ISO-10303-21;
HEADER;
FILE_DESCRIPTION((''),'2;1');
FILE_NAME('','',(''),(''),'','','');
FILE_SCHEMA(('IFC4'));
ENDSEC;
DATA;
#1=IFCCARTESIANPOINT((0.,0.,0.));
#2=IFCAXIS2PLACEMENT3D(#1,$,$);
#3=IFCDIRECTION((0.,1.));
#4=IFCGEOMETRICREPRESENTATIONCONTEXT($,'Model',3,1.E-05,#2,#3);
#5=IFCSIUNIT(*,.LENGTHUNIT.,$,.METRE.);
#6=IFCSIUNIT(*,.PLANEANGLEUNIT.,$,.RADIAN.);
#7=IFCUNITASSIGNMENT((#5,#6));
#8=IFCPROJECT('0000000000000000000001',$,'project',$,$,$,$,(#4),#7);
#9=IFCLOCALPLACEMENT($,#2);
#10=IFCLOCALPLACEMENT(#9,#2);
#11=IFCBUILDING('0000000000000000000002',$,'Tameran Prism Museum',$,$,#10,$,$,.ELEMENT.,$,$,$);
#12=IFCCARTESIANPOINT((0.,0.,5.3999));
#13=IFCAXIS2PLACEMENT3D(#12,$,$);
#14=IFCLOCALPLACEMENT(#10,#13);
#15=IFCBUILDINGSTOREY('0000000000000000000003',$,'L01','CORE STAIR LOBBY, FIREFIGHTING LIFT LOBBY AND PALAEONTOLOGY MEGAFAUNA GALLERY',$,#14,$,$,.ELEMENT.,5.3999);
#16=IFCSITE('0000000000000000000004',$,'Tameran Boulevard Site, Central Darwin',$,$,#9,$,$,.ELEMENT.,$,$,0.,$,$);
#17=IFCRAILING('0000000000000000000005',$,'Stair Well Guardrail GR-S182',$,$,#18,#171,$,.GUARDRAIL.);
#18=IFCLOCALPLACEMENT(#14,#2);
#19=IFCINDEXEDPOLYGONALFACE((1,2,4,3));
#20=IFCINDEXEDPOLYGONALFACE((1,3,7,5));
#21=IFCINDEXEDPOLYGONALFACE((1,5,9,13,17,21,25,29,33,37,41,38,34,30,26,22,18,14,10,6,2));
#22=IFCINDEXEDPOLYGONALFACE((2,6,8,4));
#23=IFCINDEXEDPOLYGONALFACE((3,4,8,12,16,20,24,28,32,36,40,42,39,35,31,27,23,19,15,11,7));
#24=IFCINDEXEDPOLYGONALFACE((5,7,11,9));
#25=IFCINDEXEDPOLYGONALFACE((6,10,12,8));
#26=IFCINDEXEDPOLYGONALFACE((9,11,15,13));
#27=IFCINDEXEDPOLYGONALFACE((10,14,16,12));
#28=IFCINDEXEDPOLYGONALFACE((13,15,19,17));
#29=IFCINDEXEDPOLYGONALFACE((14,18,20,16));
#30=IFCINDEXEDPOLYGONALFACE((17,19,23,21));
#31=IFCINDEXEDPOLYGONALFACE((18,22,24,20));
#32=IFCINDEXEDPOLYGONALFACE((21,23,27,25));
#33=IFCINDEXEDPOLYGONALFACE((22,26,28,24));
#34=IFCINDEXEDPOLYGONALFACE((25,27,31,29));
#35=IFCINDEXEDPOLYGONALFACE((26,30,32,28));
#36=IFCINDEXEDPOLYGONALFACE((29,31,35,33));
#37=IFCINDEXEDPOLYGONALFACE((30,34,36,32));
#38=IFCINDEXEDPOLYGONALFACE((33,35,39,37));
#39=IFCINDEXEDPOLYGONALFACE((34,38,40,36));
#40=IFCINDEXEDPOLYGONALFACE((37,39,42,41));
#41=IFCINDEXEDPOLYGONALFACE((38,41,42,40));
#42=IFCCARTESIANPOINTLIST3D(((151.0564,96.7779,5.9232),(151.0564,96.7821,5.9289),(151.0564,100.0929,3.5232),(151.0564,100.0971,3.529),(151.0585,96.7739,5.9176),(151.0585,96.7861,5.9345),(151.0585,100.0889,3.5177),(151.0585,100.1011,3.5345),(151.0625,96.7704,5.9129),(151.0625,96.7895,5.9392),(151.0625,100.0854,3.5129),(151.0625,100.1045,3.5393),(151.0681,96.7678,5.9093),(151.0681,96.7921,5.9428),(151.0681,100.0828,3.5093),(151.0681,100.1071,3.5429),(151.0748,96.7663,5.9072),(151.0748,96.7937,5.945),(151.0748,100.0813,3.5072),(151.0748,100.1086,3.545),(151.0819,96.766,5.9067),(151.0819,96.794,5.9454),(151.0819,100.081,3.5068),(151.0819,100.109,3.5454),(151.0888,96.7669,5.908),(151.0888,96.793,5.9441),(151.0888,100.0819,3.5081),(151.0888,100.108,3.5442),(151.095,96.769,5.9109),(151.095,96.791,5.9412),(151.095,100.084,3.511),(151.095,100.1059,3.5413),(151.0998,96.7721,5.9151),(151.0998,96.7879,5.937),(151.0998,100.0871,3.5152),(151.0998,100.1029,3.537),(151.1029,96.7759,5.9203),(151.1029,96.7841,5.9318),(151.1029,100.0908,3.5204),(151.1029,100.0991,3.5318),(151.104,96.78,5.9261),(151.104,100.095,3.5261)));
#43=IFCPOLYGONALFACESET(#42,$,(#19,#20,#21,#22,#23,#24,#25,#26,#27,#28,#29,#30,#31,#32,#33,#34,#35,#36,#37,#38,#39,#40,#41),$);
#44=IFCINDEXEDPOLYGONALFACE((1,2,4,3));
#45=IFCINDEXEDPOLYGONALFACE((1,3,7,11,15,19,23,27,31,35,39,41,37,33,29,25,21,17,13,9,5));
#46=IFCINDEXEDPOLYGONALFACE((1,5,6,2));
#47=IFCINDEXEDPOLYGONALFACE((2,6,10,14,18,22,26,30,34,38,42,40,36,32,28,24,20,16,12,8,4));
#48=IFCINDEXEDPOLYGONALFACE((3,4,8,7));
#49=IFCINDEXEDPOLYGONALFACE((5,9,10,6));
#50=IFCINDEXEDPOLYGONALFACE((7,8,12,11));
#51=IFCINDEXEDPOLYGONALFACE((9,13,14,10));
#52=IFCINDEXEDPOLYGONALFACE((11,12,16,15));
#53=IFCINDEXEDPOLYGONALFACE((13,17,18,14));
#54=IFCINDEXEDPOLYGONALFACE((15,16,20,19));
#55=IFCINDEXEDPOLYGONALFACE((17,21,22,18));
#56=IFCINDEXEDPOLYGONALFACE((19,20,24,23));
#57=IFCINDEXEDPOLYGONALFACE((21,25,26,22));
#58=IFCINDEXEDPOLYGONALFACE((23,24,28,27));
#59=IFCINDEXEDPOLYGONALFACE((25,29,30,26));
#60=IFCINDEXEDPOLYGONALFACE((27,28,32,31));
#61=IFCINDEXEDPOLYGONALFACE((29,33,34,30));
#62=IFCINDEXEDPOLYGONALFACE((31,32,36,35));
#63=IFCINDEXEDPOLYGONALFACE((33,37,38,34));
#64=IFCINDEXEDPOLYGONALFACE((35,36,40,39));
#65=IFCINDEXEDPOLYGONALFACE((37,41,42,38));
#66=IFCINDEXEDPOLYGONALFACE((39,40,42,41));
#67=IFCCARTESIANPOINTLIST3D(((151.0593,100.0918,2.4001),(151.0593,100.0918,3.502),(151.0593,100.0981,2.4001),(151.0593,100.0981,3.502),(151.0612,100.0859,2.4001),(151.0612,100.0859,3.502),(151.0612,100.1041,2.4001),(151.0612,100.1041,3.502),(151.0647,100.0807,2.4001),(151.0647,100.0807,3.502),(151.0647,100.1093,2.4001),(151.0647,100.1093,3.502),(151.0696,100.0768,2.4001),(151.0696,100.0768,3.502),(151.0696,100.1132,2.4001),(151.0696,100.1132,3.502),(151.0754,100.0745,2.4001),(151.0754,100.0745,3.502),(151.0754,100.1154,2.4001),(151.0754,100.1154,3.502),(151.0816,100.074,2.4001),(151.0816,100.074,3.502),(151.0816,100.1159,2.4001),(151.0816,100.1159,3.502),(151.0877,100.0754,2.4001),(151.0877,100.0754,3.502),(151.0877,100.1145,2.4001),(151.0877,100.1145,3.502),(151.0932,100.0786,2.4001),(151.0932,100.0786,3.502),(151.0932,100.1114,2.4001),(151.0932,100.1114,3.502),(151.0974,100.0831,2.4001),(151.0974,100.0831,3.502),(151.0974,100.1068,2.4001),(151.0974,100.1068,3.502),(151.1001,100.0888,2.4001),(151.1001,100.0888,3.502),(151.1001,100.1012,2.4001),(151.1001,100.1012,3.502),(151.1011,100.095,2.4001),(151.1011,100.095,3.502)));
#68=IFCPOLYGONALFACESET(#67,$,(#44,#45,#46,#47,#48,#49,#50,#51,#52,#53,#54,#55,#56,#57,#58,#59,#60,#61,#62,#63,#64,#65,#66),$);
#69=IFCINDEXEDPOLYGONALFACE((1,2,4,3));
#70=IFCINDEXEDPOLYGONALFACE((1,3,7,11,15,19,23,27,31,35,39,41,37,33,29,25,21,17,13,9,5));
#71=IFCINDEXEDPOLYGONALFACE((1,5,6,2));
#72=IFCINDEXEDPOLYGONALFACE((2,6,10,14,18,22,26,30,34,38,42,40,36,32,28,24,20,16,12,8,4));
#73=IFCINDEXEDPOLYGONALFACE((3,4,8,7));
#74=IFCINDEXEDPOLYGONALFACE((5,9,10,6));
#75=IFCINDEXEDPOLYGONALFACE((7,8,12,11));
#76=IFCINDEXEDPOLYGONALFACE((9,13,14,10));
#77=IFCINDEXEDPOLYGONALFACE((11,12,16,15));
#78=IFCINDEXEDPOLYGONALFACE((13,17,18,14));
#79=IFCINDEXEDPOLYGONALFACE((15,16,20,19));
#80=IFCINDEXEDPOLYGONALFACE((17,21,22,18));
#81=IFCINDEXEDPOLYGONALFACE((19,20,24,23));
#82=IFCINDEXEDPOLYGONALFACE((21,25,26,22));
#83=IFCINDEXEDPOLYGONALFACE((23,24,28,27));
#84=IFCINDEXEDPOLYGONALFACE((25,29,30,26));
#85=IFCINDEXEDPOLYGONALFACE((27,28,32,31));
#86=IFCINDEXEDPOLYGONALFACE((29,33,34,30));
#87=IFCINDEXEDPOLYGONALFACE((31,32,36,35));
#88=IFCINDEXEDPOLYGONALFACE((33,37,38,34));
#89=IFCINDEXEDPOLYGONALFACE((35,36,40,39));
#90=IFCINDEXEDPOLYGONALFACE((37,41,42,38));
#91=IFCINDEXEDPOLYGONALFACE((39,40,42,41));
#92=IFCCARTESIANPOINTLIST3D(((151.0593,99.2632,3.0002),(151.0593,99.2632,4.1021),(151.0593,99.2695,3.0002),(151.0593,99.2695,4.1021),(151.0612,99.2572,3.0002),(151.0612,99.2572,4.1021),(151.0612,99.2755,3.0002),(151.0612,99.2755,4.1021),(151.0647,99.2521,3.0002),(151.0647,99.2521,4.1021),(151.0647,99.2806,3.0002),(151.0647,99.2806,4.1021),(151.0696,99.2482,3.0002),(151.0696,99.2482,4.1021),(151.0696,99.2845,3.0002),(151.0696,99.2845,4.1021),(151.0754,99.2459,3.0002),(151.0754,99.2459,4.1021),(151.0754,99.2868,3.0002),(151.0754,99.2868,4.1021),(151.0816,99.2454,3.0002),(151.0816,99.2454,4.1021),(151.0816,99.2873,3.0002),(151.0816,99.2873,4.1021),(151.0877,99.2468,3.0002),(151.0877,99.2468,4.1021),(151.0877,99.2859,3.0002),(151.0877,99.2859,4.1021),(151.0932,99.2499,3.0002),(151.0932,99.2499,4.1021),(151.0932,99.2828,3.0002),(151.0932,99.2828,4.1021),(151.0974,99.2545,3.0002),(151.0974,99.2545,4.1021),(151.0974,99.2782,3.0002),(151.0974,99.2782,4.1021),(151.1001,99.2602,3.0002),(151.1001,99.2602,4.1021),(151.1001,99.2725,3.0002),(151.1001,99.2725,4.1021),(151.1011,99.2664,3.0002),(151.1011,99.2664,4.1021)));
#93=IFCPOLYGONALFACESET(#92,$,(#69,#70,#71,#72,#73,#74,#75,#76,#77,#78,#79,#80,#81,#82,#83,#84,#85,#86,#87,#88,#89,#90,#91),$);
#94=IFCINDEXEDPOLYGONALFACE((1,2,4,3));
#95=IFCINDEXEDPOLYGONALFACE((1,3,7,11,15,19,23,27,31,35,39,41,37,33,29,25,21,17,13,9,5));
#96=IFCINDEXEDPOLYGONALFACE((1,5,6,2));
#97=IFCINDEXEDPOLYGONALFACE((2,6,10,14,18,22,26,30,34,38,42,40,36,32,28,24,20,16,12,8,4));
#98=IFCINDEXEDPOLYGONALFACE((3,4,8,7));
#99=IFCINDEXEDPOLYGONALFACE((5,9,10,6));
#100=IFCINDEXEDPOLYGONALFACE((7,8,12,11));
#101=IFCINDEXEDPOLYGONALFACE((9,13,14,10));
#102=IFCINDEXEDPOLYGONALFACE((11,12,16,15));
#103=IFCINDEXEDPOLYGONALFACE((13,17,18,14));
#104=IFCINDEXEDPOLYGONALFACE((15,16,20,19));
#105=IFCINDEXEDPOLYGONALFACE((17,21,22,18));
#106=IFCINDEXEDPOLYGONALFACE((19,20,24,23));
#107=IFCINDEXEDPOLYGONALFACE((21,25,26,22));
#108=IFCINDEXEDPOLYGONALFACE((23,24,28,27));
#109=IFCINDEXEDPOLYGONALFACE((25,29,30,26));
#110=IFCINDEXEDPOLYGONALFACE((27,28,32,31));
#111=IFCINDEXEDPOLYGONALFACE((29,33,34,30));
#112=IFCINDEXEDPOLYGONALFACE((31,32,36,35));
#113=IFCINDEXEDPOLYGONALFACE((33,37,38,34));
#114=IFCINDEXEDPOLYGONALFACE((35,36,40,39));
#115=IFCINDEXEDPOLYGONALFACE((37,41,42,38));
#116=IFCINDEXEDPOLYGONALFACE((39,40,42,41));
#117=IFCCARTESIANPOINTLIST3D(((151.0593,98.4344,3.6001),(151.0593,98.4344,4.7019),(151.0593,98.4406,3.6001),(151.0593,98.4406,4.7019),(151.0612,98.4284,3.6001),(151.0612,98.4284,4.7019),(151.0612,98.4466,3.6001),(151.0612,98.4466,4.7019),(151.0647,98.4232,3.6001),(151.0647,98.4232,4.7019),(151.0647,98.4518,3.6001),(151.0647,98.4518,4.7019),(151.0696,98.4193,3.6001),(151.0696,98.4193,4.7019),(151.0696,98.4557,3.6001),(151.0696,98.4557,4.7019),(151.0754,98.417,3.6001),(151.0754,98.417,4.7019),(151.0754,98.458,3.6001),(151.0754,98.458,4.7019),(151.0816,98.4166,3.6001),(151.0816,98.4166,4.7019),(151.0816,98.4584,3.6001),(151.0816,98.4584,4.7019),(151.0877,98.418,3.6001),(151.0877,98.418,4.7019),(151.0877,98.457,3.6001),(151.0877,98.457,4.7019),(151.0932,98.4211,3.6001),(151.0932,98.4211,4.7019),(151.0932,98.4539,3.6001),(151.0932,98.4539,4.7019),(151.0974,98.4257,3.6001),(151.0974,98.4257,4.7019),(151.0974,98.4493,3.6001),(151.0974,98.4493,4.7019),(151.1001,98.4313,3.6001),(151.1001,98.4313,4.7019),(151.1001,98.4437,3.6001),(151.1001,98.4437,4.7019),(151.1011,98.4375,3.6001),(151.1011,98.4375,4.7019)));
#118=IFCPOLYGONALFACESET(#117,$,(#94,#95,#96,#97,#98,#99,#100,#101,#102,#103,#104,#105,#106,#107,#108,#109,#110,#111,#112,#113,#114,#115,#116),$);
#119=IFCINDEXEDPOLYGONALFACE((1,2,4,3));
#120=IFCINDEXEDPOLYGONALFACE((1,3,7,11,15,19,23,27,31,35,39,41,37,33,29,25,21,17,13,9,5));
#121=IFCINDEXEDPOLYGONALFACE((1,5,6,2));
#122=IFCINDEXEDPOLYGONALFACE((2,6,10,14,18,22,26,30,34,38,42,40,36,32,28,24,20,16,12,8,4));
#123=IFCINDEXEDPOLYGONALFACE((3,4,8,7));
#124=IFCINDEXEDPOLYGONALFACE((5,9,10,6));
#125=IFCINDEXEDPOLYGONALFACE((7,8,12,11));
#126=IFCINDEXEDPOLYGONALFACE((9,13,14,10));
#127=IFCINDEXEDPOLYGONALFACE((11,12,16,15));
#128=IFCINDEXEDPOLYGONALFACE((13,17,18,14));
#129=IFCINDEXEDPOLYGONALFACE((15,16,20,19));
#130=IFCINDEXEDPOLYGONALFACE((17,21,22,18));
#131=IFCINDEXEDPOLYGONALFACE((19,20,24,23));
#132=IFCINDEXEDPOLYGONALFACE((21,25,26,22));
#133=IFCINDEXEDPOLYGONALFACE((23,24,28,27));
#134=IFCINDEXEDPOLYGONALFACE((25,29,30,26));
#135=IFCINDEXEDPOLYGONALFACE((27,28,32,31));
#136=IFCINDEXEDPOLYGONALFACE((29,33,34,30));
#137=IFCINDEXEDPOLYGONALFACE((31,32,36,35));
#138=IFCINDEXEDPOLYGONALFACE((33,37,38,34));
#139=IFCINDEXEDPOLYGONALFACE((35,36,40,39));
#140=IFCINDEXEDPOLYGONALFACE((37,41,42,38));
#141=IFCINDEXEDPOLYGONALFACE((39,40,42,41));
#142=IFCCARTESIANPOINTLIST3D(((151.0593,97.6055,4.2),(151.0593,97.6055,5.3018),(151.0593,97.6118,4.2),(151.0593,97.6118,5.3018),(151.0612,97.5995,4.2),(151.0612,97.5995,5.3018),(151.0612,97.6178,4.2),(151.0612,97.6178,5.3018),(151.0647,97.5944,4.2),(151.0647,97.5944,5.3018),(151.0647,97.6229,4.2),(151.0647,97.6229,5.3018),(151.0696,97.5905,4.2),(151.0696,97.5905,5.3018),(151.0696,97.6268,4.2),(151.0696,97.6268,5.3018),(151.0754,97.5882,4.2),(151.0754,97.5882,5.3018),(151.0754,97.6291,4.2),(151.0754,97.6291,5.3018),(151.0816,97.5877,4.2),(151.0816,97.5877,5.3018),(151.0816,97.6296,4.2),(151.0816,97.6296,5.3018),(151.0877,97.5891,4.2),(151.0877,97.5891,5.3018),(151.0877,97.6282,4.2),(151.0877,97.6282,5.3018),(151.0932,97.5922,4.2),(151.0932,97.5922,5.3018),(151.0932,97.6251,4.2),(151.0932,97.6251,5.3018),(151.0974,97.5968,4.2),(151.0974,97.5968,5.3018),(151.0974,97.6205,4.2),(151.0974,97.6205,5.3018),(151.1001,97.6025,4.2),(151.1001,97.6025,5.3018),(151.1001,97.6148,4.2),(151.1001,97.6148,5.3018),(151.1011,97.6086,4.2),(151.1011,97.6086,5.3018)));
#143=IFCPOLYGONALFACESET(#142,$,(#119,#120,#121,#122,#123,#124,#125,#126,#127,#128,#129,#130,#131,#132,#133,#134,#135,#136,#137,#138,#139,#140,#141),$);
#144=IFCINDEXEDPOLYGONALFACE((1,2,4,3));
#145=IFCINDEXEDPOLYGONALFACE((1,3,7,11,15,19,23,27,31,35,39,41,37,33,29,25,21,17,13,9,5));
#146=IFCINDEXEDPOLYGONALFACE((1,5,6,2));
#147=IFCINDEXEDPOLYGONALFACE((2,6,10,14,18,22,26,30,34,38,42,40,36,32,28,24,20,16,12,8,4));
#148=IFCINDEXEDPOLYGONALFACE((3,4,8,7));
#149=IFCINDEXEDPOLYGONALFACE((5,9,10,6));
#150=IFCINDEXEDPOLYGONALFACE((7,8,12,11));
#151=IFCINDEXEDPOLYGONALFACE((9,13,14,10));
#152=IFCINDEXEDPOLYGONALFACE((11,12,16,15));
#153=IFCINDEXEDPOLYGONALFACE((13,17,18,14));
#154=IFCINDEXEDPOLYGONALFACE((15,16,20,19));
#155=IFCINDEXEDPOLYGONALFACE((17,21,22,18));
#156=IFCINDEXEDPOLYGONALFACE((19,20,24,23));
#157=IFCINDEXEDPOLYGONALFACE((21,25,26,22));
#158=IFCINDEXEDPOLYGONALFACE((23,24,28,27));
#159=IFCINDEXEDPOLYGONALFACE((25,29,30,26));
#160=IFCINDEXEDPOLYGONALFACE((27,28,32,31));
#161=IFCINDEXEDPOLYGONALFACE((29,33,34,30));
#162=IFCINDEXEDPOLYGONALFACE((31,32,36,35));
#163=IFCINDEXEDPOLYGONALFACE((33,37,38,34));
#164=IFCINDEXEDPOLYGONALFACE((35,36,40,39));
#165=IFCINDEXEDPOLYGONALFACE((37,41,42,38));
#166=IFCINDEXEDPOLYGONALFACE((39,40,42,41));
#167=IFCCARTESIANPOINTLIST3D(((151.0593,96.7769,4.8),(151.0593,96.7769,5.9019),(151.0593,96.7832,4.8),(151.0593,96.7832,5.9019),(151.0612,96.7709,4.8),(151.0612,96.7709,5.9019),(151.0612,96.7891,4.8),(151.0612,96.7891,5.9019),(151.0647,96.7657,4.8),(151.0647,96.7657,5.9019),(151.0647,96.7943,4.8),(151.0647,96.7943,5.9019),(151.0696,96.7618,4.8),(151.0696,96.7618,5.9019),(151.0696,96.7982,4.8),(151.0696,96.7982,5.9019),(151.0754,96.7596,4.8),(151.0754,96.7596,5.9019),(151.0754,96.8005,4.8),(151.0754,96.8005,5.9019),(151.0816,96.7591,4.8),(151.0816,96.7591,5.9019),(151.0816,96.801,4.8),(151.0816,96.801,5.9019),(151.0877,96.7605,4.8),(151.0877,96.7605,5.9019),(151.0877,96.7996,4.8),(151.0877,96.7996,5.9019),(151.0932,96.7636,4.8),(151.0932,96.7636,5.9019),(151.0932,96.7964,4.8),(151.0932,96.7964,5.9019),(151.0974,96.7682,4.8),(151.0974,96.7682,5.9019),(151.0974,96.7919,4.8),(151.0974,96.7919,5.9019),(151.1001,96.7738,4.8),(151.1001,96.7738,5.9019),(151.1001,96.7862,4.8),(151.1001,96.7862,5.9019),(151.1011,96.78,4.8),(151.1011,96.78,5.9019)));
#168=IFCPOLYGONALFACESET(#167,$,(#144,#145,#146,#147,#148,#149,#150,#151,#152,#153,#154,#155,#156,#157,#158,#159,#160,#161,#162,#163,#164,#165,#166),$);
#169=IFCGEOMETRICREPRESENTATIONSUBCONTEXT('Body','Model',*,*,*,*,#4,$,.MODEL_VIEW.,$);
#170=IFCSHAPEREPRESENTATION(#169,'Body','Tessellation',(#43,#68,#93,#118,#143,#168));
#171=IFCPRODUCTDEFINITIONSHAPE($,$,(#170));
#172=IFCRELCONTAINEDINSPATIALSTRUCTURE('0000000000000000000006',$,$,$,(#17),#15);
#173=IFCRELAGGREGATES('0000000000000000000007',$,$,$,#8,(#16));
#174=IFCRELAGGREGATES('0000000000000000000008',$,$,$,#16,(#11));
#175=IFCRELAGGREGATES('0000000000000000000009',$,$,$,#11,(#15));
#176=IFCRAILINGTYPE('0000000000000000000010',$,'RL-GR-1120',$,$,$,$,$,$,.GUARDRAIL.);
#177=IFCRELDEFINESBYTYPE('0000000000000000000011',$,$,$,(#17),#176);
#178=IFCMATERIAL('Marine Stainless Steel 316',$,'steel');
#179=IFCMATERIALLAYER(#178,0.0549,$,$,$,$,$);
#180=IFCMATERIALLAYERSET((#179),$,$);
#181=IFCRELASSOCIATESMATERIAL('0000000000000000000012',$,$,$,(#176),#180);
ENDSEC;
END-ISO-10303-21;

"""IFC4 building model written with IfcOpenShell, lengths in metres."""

from ifc_helpers import new_model, si_unit, direction, frame, origin, origin_2d, place, context, subcontext, project, spatial, circle, extrude, material, layer, layer_set, type_object, element, save


model = new_model("IFC4")

# Units and contexts
model_context = context("Model", 3, precision=1e-05, world=origin(), true_north=direction((0.0, 1.0)))
body_context = subcontext(model_context, "Body", "Model", "MODEL_VIEW")
ifc_project = project(units=[si_unit("LENGTHUNIT", "METRE"), si_unit("PLANEANGLEUNIT", "RADIAN")], contexts=[model_context])

# Site, building, storey
site_placement = place(None, origin())
site = spatial("IfcSite", under=ifc_project, at=site_placement, Name="Tameran Boulevard Site, Central Darwin", CompositionType="ELEMENT", RefElevation=0.0)
building_placement = place(site_placement, origin())
building = spatial("IfcBuilding", under=site, at=building_placement, Name="Tameran Prism Museum", CompositionType="ELEMENT")
storey_placement = place(building_placement, frame((0.0, 0.0, 5.3999)))
storey = spatial("IfcBuildingStorey", under=building, at=storey_placement, Name="L01", Description="CORE STAIR LOBBY, FIREFIGHTING LIFT LOBBY AND PALAEONTOLOGY MEGAFAUNA GALLERY", CompositionType="ELEMENT", Elevation=5.3999)

# Railing
ifc_material_1 = material(Name="Marine Stainless Steel 316", Category="steel")
ifc_layer_1 = layer(ifc_material_1, 0.0549)
ifc_layer_set_1 = layer_set([ifc_layer_1])
railing_type_1 = type_object("IfcRailingType", Name="RL-GR-1120", PredefinedType="GUARDRAIL", material=ifc_layer_set_1)
railing_1_placement = place(storey_placement, frame((151.0801, 100.095, 2.4001)))
element("IfcRailing", 1, at=railing_1_placement, inside=storey, type_object=railing_type_1, Name="Stair Well Guardrail GR-S182", PredefinedType="GUARDRAIL", context=body_context, shape_type="SweptSolid", body=[
    extrude(circle(Radius=0.0239, at=origin_2d()), frame((0.0, 0.0, 1.126), z_axis=(0.0, -0.810009, 0.586418), x_axis=(1.0, 0.0, 0.0)), (0.0, 0.0, 1.0), 4.0925),
    extrude(circle(Radius=0.021, at=origin_2d()), origin(), (0.0, 0.0, 1.0), 1.1018),
    extrude(circle(Radius=0.021, at=origin_2d()), frame((0.0, -0.8286, 0.6001)), (0.0, 0.0, 1.0), 1.1018),
    extrude(circle(Radius=0.021, at=origin_2d()), frame((0.0, -1.6575, 1.2)), (0.0, 0.0, 1.0), 1.1018),
    extrude(circle(Radius=0.021, at=origin_2d()), frame((0.0, -2.4863, 1.7998)), (0.0, 0.0, 1.0), 1.1018),
    extrude(circle(Radius=0.021, at=origin_2d()), frame((0.0, -3.3149, 2.3999)), (0.0, 0.0, 1.0), 1.1018),
])

save(model, "model.ifc")
